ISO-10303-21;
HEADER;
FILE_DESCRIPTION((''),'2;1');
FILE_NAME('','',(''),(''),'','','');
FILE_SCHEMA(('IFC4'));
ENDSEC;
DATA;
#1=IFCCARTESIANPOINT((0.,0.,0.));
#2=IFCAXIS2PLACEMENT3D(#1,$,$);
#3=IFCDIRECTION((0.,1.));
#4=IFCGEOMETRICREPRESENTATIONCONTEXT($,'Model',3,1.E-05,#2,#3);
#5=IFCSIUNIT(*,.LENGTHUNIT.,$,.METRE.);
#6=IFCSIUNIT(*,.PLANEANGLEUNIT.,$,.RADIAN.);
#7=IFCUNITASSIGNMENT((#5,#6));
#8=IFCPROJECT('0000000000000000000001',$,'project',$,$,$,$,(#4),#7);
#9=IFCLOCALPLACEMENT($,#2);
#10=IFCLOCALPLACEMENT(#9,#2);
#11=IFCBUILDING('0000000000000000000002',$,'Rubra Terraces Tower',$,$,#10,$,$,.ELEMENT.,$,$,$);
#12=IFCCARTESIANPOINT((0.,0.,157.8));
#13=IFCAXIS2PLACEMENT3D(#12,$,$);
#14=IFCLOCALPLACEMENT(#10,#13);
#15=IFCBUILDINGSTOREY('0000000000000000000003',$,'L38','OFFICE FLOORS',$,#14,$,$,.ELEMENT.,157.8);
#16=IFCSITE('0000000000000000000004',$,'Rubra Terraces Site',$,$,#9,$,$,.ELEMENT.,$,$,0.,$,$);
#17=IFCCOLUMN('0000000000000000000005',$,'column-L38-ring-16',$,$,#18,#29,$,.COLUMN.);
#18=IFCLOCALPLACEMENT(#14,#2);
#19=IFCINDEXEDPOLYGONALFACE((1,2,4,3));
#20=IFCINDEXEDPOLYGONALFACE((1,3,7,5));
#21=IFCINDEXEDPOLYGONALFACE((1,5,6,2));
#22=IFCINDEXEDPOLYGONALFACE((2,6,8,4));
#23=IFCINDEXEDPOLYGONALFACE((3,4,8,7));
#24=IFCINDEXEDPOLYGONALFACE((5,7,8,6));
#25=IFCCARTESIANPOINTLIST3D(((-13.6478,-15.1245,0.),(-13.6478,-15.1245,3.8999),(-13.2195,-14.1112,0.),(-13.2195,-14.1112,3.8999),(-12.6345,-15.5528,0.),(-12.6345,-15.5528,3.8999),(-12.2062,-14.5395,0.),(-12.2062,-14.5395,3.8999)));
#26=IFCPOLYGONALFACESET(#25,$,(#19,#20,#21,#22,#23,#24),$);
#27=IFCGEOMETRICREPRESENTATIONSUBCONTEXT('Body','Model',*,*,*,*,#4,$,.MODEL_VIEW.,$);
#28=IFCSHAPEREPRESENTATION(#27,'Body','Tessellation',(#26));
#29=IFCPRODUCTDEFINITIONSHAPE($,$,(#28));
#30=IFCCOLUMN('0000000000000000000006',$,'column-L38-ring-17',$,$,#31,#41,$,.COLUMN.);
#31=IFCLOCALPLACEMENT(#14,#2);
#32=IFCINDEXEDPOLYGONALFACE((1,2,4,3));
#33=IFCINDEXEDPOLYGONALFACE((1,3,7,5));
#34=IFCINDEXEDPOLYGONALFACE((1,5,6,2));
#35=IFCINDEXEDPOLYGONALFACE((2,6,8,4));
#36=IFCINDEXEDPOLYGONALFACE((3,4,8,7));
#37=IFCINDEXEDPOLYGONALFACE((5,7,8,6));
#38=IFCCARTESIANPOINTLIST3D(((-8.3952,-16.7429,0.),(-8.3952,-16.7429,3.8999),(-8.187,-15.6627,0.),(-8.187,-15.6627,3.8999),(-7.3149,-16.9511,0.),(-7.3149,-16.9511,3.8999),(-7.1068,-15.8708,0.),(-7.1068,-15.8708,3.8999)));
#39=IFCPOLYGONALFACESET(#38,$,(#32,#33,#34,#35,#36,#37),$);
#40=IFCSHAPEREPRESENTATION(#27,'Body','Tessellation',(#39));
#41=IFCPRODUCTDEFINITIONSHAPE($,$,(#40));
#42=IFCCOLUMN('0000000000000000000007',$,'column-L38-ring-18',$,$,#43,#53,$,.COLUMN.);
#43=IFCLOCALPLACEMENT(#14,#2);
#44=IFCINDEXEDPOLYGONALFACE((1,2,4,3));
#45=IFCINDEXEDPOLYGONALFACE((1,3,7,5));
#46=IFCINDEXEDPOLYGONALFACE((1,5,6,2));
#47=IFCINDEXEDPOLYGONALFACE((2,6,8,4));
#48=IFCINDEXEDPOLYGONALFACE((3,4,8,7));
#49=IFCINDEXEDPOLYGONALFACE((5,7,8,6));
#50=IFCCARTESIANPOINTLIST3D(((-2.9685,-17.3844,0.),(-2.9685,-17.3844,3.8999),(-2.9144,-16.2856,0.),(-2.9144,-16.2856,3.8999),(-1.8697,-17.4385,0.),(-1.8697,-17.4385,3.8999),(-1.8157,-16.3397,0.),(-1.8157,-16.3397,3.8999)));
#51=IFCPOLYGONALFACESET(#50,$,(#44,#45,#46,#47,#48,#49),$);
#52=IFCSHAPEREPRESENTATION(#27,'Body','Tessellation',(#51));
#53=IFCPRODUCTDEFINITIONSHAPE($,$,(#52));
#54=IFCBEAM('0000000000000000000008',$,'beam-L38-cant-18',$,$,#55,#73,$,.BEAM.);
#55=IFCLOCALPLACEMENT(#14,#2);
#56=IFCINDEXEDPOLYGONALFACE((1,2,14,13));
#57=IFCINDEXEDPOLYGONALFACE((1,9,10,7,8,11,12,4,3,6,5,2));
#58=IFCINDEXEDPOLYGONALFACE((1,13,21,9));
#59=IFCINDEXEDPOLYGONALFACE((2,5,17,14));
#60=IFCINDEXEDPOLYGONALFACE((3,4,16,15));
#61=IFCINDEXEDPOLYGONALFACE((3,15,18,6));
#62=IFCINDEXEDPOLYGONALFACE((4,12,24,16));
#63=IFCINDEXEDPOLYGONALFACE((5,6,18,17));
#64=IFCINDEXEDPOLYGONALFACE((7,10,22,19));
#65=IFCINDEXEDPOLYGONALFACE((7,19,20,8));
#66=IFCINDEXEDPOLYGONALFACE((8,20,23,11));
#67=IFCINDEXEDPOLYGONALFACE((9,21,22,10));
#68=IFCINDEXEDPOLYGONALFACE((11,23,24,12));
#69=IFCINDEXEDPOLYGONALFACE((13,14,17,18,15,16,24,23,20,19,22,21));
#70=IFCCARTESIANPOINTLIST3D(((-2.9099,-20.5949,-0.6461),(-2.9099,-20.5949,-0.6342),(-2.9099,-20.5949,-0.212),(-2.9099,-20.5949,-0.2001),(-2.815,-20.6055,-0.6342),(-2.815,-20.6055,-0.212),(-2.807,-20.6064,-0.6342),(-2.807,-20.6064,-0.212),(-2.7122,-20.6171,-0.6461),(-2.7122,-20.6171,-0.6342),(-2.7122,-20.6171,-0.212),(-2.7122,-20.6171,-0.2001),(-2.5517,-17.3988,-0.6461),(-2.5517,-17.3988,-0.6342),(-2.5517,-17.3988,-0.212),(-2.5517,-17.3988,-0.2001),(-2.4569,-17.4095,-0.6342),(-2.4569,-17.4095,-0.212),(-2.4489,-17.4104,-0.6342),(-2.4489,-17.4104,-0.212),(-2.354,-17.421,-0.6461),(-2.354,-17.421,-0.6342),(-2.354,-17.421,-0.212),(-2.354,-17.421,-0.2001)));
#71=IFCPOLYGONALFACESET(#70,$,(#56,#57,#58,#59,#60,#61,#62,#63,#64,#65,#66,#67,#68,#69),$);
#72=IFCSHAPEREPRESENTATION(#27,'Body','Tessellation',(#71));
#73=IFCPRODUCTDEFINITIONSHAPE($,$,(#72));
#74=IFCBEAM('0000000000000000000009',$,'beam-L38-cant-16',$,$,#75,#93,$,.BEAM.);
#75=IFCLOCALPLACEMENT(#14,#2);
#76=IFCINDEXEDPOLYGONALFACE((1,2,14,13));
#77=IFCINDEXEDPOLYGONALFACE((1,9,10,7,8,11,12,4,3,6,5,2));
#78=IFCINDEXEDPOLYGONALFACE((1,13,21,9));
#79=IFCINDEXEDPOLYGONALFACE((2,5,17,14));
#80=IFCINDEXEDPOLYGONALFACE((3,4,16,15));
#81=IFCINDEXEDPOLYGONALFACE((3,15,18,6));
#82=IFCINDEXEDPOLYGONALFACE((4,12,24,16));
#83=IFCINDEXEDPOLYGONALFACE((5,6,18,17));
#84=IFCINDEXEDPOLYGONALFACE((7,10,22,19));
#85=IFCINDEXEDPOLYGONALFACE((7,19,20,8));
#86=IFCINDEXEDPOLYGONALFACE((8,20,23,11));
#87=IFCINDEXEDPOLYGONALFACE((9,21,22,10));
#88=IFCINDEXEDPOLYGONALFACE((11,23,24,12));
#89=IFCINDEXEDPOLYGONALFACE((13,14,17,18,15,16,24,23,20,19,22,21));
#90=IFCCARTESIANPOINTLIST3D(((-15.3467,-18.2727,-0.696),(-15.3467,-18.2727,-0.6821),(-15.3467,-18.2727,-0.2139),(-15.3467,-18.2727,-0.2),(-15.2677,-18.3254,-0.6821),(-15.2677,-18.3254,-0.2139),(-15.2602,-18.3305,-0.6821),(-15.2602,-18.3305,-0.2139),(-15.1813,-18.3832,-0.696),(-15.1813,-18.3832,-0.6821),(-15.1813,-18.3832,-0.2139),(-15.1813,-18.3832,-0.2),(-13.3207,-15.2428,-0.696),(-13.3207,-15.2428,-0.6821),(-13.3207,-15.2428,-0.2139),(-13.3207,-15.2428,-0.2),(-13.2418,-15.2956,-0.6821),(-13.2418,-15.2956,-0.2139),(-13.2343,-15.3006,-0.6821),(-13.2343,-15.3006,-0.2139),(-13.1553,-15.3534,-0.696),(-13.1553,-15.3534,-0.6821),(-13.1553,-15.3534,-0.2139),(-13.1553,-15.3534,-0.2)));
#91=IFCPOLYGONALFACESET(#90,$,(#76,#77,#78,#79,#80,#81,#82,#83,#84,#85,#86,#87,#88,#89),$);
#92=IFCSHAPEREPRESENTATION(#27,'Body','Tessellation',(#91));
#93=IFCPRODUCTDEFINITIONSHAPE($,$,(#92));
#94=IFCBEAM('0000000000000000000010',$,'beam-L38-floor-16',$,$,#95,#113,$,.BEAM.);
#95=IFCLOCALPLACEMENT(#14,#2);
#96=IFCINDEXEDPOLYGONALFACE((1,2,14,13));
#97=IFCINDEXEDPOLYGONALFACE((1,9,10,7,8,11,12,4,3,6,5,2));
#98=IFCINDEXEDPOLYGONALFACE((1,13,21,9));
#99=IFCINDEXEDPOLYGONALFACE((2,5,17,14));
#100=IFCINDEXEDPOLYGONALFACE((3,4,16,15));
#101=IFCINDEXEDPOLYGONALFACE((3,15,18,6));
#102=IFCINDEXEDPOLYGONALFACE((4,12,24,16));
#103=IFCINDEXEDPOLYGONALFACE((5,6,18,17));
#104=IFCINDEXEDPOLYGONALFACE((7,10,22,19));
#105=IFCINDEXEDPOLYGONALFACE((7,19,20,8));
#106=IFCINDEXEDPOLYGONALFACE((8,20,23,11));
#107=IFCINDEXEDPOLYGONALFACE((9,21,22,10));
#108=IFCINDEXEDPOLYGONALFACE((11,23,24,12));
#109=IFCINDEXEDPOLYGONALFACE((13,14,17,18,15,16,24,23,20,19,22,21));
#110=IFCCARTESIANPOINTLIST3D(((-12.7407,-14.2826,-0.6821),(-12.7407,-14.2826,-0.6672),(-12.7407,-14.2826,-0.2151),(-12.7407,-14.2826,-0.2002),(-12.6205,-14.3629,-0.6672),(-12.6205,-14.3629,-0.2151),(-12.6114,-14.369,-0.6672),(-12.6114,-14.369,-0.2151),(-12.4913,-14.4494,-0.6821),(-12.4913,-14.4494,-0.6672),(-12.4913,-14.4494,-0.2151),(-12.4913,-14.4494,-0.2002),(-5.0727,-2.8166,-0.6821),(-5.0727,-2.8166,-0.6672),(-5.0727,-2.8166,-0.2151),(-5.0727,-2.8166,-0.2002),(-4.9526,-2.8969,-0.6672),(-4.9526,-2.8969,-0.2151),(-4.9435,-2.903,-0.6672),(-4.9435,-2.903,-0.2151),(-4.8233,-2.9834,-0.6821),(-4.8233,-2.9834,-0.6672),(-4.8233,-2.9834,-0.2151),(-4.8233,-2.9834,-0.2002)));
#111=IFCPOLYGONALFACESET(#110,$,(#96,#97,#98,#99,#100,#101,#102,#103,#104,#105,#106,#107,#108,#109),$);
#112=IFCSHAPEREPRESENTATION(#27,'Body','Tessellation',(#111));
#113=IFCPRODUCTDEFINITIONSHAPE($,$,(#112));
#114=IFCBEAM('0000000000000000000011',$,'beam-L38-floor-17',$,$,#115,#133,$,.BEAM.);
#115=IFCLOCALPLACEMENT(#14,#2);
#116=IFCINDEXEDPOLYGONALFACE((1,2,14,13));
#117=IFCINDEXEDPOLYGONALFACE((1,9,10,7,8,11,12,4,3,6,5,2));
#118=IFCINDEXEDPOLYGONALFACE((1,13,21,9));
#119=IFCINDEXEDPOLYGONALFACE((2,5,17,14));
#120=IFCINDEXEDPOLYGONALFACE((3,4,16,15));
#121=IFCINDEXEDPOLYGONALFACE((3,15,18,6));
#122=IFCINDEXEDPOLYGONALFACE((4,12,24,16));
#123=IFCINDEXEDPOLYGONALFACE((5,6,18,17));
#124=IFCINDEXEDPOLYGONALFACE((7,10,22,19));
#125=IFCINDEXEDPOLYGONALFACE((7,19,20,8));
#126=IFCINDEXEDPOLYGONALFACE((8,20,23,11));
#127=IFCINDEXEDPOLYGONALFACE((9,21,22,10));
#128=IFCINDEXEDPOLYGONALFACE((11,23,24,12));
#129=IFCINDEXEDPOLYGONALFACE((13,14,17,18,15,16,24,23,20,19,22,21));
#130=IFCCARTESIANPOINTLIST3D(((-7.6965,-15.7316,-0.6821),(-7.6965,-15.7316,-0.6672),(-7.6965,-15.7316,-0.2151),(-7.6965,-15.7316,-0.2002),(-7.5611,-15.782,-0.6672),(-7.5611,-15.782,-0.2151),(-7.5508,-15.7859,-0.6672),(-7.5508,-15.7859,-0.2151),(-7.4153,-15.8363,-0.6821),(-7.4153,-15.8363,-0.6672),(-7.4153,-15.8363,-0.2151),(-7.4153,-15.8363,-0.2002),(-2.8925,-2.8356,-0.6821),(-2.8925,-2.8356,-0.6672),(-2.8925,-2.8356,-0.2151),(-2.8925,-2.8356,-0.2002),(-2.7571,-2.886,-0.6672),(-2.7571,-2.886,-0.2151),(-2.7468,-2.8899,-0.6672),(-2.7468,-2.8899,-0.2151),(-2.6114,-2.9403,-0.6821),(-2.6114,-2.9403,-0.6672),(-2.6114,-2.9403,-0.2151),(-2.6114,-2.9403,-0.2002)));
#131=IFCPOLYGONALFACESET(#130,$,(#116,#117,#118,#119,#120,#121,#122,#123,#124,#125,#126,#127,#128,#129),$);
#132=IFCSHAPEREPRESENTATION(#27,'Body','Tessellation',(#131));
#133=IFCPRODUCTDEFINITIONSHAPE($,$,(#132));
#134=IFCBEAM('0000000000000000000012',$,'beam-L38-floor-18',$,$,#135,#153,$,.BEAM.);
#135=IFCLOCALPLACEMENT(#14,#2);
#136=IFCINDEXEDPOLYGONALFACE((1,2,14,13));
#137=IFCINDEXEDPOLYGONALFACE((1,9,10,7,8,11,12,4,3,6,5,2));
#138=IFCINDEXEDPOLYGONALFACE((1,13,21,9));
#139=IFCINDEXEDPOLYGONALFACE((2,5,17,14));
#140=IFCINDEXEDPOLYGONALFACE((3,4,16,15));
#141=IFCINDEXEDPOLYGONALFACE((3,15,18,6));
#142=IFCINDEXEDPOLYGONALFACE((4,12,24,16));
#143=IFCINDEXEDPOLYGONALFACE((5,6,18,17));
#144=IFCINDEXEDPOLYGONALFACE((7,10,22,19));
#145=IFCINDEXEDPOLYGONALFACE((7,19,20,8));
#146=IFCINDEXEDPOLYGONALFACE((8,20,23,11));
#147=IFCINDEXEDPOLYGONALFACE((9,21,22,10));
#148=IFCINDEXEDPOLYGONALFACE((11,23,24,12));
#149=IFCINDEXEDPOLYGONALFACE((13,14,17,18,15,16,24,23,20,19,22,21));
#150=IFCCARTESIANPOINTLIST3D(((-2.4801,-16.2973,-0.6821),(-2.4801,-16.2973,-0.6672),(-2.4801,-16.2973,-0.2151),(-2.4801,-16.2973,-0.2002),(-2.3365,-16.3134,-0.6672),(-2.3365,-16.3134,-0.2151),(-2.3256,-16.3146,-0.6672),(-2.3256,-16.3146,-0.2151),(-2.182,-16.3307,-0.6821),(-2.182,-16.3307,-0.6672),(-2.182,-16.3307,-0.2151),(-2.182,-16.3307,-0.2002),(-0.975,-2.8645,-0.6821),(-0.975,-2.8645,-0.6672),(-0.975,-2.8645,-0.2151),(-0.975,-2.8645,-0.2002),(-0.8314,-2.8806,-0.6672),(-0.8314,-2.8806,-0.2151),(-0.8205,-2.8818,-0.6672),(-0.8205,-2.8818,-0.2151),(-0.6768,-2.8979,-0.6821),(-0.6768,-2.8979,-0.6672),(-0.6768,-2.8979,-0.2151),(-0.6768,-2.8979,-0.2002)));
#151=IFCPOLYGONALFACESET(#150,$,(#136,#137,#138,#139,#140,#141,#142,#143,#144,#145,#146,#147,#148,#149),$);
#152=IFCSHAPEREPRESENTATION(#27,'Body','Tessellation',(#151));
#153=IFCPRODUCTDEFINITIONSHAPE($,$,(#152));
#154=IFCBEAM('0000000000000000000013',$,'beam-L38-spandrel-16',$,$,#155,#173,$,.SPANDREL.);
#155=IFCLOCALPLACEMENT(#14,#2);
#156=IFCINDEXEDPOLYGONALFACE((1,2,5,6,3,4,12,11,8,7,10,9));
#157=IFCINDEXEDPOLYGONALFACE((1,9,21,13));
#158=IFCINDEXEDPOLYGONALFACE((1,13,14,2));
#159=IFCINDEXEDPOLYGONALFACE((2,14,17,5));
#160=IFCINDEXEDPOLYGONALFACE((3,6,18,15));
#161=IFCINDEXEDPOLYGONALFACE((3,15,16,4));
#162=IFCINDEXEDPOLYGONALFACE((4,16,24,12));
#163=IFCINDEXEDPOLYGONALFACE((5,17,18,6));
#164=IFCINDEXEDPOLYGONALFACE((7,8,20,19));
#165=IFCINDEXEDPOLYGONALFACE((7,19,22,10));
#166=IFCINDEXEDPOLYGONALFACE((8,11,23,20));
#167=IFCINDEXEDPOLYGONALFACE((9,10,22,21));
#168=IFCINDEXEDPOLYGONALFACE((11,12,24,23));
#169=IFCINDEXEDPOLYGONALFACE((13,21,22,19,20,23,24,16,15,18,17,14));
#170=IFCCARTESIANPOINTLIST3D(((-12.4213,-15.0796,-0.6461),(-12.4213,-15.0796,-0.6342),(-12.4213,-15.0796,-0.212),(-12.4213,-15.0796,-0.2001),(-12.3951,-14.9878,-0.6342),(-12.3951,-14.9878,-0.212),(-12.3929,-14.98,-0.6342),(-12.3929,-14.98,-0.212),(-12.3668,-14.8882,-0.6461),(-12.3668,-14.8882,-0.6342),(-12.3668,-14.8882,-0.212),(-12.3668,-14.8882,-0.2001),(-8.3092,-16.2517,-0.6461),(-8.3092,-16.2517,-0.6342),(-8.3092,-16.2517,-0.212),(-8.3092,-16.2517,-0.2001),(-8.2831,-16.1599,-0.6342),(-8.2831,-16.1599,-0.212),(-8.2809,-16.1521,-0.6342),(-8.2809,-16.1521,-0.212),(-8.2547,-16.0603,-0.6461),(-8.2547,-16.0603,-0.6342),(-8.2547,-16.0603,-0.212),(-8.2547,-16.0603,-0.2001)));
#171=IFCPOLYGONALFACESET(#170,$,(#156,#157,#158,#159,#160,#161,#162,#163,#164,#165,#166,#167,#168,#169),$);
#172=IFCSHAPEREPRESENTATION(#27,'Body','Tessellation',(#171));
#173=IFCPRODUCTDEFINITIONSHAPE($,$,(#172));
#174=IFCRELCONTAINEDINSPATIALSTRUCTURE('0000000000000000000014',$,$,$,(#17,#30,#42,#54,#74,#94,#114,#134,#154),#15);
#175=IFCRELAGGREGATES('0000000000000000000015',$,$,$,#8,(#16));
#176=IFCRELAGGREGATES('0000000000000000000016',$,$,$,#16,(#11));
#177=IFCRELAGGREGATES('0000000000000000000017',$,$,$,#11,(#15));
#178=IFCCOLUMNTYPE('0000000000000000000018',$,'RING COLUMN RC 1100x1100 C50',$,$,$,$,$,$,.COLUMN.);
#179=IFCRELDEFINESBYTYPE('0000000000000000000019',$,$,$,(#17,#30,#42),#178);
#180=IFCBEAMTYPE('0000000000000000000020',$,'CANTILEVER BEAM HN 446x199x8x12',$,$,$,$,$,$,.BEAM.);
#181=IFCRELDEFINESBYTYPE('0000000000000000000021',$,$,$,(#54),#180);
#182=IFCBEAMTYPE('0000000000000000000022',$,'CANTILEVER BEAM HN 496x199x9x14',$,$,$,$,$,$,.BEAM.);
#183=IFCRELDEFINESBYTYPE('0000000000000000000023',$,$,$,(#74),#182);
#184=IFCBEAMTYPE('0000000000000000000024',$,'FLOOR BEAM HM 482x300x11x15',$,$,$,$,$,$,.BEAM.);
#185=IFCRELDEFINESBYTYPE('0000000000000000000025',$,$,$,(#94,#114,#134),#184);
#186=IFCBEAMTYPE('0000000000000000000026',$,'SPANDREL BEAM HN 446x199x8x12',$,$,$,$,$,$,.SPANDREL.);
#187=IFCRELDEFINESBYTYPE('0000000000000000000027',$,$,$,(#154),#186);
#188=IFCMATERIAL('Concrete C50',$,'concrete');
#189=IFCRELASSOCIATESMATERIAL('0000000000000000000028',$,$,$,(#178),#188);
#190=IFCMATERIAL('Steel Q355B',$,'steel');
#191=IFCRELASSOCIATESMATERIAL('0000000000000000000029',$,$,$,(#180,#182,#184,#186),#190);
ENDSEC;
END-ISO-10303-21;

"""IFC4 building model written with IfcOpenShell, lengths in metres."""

from ifc_helpers import new_model, si_unit, direction, frame, origin, origin_2d, place, context, subcontext, project, spatial, rectangle, i_section, extrude, material, material_profile, profile_set, type_object, element, save


model = new_model("IFC4")

# Units and contexts
model_context = context("Model", 3, precision=1e-05, world=origin(), true_north=direction((0.0, 1.0)))
body_context = subcontext(model_context, "Body", "Model", "MODEL_VIEW")
ifc_project = project(units=[si_unit("LENGTHUNIT", "METRE"), si_unit("PLANEANGLEUNIT", "RADIAN")], contexts=[model_context])

# Site, building, storey
site_placement = place(None, origin())
site = spatial("IfcSite", under=ifc_project, at=site_placement, Name="Rubra Terraces Site", CompositionType="ELEMENT", RefElevation=0.0)
building_placement = place(site_placement, origin())
building = spatial("IfcBuilding", under=site, at=building_placement, Name="Rubra Terraces Tower", CompositionType="ELEMENT")
storey_placement = place(building_placement, frame((0.0, 0.0, 157.8)))
storey = spatial("IfcBuildingStorey", under=building, at=storey_placement, Name="L38", Description="OFFICE FLOORS", CompositionType="ELEMENT", Elevation=157.8)

# Columns
ifc_material_1 = material(Name="Concrete C50", Category="concrete")
ifc_material_profile_1 = material_profile(ifc_material_1, rectangle(XDim=1.1001, YDim=1.1001, at=origin_2d()), Name="RC 1100x1100")
ifc_profile_set_1 = profile_set([ifc_material_profile_1], Name="Concrete C50")
column_type = type_object("IfcColumnType", Name="RING COLUMN RC 1100x1100 C50", PredefinedType="COLUMN", material=ifc_profile_set_1)
for number, where, z_axis, x_axis, name in (
    (1, (-12.927, -14.832, 0.0), (0.0, 0.0, 1.0), (0.921106, -0.389313, 0.0), "column-L38-ring-16"),
    (2, (-7.751, -16.3069, 0.0), (0.0, 0.0, 1.0), (0.981937, -0.18921, 0.0), "column-L38-ring-17"),
    (3, (-2.3921, -16.8621, 0.0), (0.0, 0.0, 1.0), (0.998791, -0.04915, 0.0), "column-L38-ring-18"),
):
    element("IfcColumn", number, at=place(storey_placement, frame(where, z_axis=z_axis, x_axis=x_axis)), inside=storey, type_object=column_type, Name=name, PredefinedType="COLUMN", context=body_context, shape_type="SweptSolid", body=[
        extrude(rectangle(XDim=1.1001, YDim=1.1001, at=origin_2d()), origin(), (0.0, 0.0, 1.0), 3.8999),
    ])

# Beams
ifc_material_2 = material(Name="Steel Q355B", Category="steel")
ifc_material_profile_2 = material_profile(ifc_material_2, i_section(OverallWidth=0.199, OverallDepth=0.446, WebThickness=0.0081, FlangeThickness=0.012, at=origin_2d()), Name="HN 446x199x8x12")
ifc_profile_set_2 = profile_set([ifc_material_profile_2], Name="Steel Q355B")
beam_type_1 = type_object("IfcBeamType", Name="CANTILEVER BEAM HN 446x199x8x12", PredefinedType="BEAM", material=ifc_profile_set_2)
beam_1_placement = place(storey_placement, frame((-2.4529, -17.4099, -0.4231), z_axis=(-0.111365, -0.99378, 0.0), x_axis=(0.99378, -0.111365, 0.0)))
element("IfcBeam", 4, at=beam_1_placement, inside=storey, type_object=beam_type_1, Name="beam-L38-cant-18", PredefinedType="BEAM", context=body_context, shape_type="SweptSolid", body=[
    extrude(i_section(OverallWidth=0.199, OverallDepth=0.446, WebThickness=0.0081, FlangeThickness=0.012, at=origin_2d()), origin(), (0.0, 0.0, 1.0), 3.2161),
])
ifc_material_profile_3 = material_profile(ifc_material_2, i_section(OverallWidth=0.199, OverallDepth=0.4961, WebThickness=0.009, FlangeThickness=0.0139, at=origin_2d()), Name="HN 496x199x9x14")
ifc_profile_set_3 = profile_set([ifc_material_profile_3], Name="Steel Q355B")
beam_type_2 = type_object("IfcBeamType", Name="CANTILEVER BEAM HN 496x199x9x14", PredefinedType="BEAM", material=ifc_profile_set_3)
beam_2_placement = place(storey_placement, frame((-13.238, -15.2981, -0.448), z_axis=(-0.555844, -0.831287, 0.0), x_axis=(0.831287, -0.555844, 0.0)))
element("IfcBeam", 5, at=beam_2_placement, inside=storey, type_object=beam_type_2, Name="beam-L38-cant-16", PredefinedType="BEAM", context=body_context, shape_type="SweptSolid", body=[
    extrude(i_section(OverallWidth=0.199, OverallDepth=0.4961, WebThickness=0.009, FlangeThickness=0.0139, at=origin_2d()), origin(), (0.0, 0.0, 1.0), 3.6448),
])
ifc_material_profile_4 = material_profile(ifc_material_2, i_section(OverallWidth=0.3, OverallDepth=0.4819, WebThickness=0.011, FlangeThickness=0.0149, at=origin_2d()), Name="HM 482x300x11x15")
ifc_profile_set_4 = profile_set([ifc_material_profile_4], Name="Steel Q355B")
beam_type_3 = type_object("IfcBeamType", Name="FLOOR BEAM HM 482x300x11x15", PredefinedType="BEAM", material=ifc_profile_set_4)
beam_3_placement = place(storey_placement, frame((-12.616, -14.366, -0.4412), z_axis=(0.5559, 0.831249, 0.0), x_axis=(-0.831249, 0.5559, 0.0)))
element("IfcBeam", 6, at=beam_3_placement, inside=storey, type_object=beam_type_3, Name="beam-L38-floor-16", PredefinedType="BEAM", context=body_context, shape_type="SweptSolid", body=[
    extrude(i_section(OverallWidth=0.3, OverallDepth=0.4819, WebThickness=0.011, FlangeThickness=0.0149, at=origin_2d()), origin(), (0.0, 0.0, 1.0), 13.7937),
])
beam_4_placement = place(storey_placement, frame((-7.5559, -15.7839, -0.4412), z_axis=(0.349081, 0.937092, 0.0), x_axis=(-0.937092, 0.349081, 0.0)))
element("IfcBeam", 7, at=beam_4_placement, inside=storey, type_object=beam_type_3, Name="beam-L38-floor-17", PredefinedType="BEAM", context=body_context, shape_type="SweptSolid", body=[
    extrude(i_section(OverallWidth=0.3, OverallDepth=0.4819, WebThickness=0.011, FlangeThickness=0.0149, at=origin_2d()), origin(), (0.0, 0.0, 1.0), 13.7617),
])
beam_5_placement = place(storey_placement, frame((-2.3311, -16.314, -0.4412), z_axis=(0.111351, 0.993781, 0.0), x_axis=(-0.993781, 0.111351, 0.0)))
element("IfcBeam", 8, at=beam_5_placement, inside=storey, type_object=beam_type_3, Name="beam-L38-floor-18", PredefinedType="BEAM", context=body_context, shape_type="SweptSolid", body=[
    extrude(i_section(OverallWidth=0.3, OverallDepth=0.4819, WebThickness=0.011, FlangeThickness=0.0149, at=origin_2d()), origin(), (0.0, 0.0, 1.0), 13.5168),
])
ifc_material_profile_5 = material_profile(ifc_material_2, i_section(OverallWidth=0.199, OverallDepth=0.446, WebThickness=0.0081, FlangeThickness=0.012, at=origin_2d()), Name="HN 446x199x8x12")
ifc_profile_set_5 = profile_set([ifc_material_profile_5], Name="Steel Q355B")
beam_type_4 = type_object("IfcBeamType", Name="SPANDREL BEAM HN 446x199x8x12", PredefinedType="SPANDREL", material=ifc_profile_set_5)
beam_6_placement = place(storey_placement, frame((-12.394, -14.9839, -0.4231), z_axis=(0.961694, -0.274125, 0.0), x_axis=(0.274125, 0.961694, 0.0)))
element("IfcBeam", 9, at=beam_6_placement, inside=storey, type_object=beam_type_4, Name="beam-L38-spandrel-16", PredefinedType="SPANDREL", context=body_context, shape_type="SweptSolid", body=[
    extrude(i_section(OverallWidth=0.199, OverallDepth=0.446, WebThickness=0.0081, FlangeThickness=0.012, at=origin_2d()), origin(), (0.0, 0.0, 1.0), 4.2759),
])

save(model, "model.ifc")
